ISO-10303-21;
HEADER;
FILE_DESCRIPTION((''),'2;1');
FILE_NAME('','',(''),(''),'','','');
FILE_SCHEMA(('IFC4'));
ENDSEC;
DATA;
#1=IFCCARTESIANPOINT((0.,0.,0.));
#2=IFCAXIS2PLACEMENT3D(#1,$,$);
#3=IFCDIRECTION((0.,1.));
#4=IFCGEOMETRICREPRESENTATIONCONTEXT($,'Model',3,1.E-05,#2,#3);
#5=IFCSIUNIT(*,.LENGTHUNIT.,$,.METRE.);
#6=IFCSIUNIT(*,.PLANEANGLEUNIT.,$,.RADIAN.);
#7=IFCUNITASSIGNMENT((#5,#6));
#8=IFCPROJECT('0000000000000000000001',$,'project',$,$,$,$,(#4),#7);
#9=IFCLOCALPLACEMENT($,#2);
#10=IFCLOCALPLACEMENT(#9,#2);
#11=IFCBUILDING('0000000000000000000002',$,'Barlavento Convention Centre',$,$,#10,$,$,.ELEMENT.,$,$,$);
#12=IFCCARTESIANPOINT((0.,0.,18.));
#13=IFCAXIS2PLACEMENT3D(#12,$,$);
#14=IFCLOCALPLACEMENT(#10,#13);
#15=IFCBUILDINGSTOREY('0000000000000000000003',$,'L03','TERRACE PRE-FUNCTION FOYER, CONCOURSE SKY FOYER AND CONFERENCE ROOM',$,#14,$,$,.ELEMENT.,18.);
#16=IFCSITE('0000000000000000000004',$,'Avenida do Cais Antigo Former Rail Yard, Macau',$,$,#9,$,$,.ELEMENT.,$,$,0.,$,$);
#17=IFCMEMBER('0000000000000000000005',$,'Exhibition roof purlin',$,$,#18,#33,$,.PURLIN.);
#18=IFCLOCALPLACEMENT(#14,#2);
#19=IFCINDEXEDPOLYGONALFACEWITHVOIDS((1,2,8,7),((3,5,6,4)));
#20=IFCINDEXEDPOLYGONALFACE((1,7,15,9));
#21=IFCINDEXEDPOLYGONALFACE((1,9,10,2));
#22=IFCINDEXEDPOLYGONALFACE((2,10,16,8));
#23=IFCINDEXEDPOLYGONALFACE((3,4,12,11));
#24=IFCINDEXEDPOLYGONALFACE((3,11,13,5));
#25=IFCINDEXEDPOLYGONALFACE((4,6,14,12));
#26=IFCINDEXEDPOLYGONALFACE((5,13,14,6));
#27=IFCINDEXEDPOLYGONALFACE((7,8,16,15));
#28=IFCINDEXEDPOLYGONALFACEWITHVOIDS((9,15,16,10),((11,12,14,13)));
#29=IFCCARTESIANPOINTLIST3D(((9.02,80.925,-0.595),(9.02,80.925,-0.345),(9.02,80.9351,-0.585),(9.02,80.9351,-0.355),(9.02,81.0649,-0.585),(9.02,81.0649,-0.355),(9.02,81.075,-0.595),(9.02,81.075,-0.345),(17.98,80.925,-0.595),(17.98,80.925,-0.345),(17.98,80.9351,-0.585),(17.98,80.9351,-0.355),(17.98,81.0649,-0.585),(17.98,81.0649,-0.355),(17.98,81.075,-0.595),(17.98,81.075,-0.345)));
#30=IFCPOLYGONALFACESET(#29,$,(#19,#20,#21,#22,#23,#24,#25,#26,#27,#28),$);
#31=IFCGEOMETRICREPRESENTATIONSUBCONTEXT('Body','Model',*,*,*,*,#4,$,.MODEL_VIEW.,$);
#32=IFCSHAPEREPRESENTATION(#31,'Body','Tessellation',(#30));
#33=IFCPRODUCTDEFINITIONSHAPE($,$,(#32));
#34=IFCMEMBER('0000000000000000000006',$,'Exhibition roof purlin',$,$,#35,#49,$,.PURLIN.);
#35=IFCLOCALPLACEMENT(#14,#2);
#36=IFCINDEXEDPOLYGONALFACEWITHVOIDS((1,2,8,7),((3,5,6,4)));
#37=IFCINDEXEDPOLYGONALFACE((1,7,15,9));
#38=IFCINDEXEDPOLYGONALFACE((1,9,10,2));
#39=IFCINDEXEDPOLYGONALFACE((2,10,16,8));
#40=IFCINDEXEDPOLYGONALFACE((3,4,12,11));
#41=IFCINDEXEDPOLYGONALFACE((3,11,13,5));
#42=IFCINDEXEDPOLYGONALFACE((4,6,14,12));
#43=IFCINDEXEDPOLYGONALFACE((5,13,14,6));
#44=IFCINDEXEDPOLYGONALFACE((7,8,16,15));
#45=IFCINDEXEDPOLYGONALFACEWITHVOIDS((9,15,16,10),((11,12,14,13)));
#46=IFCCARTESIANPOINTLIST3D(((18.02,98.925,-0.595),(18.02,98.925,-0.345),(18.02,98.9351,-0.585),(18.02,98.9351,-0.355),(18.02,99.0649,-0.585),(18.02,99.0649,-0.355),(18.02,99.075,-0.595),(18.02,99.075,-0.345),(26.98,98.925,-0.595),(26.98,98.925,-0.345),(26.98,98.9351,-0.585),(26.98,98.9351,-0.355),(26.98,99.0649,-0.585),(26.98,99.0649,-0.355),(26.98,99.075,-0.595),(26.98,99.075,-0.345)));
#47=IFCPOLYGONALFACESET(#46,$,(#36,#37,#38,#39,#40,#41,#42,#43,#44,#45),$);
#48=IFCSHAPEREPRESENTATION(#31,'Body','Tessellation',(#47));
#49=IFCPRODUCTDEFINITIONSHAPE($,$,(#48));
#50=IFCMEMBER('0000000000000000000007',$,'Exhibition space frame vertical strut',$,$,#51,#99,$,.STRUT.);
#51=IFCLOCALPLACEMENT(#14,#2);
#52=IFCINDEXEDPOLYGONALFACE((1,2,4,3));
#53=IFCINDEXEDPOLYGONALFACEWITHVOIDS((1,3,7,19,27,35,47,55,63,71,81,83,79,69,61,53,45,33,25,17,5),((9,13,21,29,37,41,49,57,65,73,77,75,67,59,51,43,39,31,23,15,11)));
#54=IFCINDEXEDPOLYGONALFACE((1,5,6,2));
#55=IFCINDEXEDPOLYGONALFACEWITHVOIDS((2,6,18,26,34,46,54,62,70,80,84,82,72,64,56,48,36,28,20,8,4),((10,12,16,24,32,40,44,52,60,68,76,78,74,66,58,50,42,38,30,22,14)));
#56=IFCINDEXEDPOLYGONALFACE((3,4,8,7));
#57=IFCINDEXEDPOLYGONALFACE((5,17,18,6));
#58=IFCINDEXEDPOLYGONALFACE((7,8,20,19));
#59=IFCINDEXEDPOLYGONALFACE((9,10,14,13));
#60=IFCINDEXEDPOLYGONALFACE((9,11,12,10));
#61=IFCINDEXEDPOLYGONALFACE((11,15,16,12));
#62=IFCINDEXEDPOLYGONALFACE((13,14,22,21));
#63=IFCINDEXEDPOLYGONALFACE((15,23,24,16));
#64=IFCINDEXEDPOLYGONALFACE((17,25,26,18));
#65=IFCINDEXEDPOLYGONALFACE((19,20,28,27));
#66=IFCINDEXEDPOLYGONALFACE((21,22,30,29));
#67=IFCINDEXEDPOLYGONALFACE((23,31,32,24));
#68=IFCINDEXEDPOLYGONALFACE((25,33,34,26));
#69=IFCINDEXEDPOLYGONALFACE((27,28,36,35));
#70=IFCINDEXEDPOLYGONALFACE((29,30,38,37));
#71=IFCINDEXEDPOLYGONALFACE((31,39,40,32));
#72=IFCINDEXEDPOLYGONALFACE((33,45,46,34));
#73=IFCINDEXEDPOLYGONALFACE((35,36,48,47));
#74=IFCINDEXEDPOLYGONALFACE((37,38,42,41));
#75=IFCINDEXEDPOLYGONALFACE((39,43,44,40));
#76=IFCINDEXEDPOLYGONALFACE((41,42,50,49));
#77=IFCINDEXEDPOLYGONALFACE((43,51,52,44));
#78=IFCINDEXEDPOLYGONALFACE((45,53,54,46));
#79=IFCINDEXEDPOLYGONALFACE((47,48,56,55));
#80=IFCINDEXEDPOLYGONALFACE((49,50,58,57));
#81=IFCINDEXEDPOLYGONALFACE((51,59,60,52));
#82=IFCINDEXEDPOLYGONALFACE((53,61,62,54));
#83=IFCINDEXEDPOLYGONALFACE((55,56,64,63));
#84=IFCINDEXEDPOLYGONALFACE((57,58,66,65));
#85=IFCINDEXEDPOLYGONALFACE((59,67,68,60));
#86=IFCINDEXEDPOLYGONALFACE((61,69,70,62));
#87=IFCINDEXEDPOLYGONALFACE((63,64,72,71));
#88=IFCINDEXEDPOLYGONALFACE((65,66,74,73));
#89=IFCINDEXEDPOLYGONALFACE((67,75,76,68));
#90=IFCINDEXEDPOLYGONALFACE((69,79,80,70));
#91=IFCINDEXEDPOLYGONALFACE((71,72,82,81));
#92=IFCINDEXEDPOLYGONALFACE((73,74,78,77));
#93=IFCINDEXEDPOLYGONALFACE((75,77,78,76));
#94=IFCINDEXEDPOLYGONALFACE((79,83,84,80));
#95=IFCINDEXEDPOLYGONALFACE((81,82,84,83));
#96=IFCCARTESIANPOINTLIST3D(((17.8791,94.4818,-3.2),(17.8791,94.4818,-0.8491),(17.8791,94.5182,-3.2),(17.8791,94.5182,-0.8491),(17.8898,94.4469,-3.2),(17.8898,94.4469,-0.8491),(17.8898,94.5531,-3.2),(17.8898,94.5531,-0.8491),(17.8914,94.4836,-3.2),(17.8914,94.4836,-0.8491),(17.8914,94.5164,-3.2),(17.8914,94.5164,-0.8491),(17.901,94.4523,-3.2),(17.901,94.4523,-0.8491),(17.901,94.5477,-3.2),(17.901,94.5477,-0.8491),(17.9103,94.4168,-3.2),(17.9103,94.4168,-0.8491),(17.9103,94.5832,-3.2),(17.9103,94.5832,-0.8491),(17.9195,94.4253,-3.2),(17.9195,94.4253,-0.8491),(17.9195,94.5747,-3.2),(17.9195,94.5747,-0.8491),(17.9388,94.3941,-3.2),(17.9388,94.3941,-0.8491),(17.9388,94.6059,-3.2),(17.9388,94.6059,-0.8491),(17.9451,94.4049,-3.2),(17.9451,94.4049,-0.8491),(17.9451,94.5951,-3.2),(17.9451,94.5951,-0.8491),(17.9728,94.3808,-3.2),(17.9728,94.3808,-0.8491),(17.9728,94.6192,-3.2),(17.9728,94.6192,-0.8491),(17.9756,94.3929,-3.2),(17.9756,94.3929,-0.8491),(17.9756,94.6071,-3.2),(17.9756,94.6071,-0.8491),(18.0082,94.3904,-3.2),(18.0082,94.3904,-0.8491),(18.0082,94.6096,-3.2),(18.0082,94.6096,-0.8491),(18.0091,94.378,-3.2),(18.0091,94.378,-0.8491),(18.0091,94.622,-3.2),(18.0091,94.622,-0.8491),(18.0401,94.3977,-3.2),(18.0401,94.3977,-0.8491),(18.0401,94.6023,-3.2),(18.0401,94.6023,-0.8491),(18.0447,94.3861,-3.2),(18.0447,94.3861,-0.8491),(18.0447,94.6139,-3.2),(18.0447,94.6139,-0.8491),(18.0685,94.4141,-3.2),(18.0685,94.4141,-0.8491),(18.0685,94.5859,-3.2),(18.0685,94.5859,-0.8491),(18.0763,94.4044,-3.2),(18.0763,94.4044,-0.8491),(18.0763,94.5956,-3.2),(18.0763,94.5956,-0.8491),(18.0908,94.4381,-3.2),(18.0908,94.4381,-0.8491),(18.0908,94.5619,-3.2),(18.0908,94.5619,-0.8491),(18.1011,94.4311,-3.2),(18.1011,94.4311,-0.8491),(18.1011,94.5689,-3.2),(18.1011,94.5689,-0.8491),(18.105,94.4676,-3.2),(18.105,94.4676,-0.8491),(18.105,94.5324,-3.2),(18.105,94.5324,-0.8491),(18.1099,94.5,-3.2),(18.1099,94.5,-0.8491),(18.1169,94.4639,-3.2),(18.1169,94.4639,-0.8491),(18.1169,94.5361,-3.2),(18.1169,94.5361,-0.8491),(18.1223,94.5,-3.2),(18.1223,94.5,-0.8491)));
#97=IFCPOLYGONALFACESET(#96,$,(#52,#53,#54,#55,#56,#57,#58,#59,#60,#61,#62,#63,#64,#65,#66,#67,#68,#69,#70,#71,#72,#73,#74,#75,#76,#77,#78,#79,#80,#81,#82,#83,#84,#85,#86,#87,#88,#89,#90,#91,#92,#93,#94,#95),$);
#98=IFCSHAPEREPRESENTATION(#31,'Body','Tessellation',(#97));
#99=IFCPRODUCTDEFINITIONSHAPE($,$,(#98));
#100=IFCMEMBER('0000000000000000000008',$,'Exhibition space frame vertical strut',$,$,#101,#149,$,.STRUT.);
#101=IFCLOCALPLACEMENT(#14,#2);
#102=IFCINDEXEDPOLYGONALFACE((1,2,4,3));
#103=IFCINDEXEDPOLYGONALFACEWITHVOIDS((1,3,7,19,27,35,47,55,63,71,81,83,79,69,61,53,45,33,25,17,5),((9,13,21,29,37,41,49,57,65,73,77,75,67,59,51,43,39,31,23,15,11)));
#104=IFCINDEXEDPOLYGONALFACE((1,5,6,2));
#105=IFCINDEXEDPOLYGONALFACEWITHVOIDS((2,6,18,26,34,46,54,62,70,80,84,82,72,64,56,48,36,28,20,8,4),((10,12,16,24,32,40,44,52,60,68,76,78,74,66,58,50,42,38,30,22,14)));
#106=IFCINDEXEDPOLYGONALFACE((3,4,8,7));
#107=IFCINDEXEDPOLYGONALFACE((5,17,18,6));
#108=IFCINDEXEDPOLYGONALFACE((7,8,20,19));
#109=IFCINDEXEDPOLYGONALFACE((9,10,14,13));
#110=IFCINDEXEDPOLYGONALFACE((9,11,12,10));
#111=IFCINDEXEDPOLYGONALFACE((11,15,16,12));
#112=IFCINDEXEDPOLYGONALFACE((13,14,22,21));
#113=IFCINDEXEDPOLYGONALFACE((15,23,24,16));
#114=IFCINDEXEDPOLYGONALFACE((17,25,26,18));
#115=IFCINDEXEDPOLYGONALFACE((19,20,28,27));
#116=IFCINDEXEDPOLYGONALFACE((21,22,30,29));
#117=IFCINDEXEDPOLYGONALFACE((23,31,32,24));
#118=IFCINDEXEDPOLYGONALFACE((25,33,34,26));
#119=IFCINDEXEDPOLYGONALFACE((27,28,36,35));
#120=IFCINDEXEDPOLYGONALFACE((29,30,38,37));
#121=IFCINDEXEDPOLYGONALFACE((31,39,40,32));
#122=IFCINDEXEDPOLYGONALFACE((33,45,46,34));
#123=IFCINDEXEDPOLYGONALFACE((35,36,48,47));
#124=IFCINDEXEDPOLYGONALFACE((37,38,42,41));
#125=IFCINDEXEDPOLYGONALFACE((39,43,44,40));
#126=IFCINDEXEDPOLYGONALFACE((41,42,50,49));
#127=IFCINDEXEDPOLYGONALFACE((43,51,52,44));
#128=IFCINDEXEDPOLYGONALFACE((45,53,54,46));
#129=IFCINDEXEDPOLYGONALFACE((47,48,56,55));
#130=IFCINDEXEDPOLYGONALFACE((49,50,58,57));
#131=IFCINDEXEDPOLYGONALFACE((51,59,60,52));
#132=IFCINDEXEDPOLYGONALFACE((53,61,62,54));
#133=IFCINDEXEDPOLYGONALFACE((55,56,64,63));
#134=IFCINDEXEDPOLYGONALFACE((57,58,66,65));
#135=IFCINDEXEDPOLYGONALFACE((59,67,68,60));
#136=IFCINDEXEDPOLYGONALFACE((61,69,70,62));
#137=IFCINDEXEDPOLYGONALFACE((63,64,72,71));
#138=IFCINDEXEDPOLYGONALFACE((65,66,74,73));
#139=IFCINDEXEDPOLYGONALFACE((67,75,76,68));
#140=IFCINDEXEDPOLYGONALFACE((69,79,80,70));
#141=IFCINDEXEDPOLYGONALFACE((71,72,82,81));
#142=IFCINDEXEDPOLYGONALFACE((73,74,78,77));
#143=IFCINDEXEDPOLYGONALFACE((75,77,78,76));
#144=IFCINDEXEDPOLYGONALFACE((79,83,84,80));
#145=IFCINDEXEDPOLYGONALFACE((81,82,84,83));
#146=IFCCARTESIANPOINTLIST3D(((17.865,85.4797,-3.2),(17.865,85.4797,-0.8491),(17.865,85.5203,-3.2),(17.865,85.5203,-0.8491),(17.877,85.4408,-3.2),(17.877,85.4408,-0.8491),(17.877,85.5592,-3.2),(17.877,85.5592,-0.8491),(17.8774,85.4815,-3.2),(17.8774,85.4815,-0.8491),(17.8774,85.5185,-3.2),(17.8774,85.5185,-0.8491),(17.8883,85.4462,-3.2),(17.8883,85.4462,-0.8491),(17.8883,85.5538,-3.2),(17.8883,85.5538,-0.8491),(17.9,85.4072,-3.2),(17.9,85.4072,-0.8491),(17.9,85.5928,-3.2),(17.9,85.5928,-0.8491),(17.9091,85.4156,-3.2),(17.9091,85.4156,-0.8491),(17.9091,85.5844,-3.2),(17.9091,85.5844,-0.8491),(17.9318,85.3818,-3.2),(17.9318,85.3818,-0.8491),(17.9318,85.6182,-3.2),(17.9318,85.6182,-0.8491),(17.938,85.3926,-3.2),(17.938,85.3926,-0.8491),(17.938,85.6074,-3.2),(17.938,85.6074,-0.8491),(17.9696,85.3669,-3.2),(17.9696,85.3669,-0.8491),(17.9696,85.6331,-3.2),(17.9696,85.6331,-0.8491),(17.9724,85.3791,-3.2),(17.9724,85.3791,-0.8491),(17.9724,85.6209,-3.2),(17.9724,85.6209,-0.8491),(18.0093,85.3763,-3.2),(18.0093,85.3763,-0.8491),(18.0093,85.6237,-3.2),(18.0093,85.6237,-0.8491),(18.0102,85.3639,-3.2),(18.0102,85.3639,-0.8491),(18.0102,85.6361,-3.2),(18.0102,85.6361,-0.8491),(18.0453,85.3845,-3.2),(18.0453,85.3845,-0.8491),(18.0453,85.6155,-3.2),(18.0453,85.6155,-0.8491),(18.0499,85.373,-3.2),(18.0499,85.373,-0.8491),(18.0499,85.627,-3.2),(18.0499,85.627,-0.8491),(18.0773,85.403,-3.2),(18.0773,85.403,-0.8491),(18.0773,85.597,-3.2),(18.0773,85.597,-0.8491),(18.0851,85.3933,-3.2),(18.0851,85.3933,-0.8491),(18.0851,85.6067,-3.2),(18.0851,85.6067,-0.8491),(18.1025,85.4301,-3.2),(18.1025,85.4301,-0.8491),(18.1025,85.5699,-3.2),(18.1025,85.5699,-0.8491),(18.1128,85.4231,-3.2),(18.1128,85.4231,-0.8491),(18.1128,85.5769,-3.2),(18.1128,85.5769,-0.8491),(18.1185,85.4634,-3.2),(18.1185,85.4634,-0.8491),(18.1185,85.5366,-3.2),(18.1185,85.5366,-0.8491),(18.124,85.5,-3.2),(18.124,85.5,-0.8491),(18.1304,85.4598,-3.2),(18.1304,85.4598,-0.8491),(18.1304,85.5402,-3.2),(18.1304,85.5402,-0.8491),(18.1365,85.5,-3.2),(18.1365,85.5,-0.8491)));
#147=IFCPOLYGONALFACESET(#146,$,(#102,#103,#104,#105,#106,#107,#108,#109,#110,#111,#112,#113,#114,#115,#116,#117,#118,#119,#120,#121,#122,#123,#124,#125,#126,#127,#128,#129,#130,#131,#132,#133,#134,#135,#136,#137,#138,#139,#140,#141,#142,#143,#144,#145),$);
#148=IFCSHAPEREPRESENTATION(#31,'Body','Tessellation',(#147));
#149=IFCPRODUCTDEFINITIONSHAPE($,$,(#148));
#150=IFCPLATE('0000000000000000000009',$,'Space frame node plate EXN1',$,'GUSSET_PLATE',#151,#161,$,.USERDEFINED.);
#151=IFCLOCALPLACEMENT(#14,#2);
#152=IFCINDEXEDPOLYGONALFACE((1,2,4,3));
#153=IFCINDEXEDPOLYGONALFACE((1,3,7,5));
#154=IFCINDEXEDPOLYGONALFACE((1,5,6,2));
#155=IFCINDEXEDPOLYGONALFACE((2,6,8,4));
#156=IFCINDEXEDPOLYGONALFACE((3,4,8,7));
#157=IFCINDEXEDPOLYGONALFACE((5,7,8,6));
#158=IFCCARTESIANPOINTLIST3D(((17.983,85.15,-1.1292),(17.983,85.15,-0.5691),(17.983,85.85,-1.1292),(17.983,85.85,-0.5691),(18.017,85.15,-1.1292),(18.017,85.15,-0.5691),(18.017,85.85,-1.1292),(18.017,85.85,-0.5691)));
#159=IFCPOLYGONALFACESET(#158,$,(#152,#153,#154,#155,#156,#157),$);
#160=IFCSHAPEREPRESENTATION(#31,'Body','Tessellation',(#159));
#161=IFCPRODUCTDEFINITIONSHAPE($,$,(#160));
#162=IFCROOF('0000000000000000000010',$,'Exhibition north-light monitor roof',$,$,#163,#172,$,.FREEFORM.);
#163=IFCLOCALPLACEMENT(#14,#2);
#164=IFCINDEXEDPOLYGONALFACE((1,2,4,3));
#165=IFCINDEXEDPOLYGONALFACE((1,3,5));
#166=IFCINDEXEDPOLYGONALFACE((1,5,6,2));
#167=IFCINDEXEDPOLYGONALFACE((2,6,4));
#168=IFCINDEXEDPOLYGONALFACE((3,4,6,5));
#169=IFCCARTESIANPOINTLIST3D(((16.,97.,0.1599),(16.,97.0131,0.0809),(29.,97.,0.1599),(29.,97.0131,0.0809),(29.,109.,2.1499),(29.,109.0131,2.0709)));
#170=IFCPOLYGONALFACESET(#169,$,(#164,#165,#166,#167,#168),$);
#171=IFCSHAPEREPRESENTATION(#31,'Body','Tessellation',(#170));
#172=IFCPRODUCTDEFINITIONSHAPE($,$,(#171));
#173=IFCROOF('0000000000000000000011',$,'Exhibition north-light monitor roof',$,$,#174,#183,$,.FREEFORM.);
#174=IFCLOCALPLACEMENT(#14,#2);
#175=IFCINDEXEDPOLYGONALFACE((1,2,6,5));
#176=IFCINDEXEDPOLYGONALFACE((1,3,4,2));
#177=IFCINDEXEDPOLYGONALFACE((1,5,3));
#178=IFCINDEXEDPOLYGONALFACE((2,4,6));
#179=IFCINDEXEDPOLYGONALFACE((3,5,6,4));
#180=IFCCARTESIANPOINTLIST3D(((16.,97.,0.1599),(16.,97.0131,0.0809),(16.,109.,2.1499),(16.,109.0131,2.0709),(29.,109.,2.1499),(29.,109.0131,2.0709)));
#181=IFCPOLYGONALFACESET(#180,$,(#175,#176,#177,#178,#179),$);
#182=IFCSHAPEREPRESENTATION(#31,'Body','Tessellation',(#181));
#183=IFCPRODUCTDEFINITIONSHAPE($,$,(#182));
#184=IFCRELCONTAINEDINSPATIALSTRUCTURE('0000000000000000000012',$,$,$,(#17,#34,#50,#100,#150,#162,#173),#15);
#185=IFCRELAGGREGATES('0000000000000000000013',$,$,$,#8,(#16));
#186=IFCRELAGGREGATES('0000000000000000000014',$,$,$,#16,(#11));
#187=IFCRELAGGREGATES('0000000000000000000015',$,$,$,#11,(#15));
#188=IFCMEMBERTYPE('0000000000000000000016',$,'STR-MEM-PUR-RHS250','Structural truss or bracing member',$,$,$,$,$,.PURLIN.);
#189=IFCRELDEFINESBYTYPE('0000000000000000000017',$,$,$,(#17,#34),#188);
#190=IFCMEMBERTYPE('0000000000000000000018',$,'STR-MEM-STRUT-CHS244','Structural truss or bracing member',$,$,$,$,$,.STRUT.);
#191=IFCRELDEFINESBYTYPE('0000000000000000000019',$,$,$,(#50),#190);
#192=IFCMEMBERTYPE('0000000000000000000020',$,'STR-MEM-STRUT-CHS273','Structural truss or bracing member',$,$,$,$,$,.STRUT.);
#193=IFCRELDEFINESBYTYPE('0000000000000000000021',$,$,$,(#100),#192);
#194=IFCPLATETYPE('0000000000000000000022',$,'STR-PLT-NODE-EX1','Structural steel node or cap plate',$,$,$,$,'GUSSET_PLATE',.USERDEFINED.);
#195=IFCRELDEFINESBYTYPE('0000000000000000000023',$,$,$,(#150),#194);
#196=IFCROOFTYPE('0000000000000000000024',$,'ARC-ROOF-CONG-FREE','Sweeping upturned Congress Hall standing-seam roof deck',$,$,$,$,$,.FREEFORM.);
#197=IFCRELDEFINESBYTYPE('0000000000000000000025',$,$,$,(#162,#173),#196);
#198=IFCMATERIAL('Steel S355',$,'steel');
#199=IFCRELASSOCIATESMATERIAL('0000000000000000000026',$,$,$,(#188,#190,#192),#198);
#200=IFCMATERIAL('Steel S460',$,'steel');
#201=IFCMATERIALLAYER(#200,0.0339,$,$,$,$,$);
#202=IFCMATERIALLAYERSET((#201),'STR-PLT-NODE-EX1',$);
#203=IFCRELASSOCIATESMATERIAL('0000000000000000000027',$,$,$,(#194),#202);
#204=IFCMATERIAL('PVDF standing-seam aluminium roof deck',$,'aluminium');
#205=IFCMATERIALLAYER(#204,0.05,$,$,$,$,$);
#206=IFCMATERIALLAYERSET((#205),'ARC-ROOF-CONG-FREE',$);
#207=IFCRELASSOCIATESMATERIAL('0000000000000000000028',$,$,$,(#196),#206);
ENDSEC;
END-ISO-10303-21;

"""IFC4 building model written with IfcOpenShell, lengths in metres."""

from ifc_helpers import new_model, si_unit, direction, frame, origin, origin_2d, place, context, subcontext, project, spatial, polyline, rectangle, hollow_rectangle, hollow_circle, outline, extrude, material, layer, layer_set, material_profile, profile_set, type_object, element, save


model = new_model("IFC4")

# Units and contexts
model_context = context("Model", 3, precision=1e-05, world=origin(), true_north=direction((0.0, 1.0)))
body_context = subcontext(model_context, "Body", "Model", "MODEL_VIEW")
ifc_project = project(units=[si_unit("LENGTHUNIT", "METRE"), si_unit("PLANEANGLEUNIT", "RADIAN")], contexts=[model_context])

# Site, building, storey
site_placement = place(None, origin())
site = spatial("IfcSite", under=ifc_project, at=site_placement, Name="Avenida do Cais Antigo Former Rail Yard, Macau", CompositionType="ELEMENT", RefElevation=0.0)
building_placement = place(site_placement, origin())
building = spatial("IfcBuilding", under=site, at=building_placement, Name="Barlavento Convention Centre", CompositionType="ELEMENT")
storey_placement = place(building_placement, frame((0.0, 0.0, 18.0)))
storey = spatial("IfcBuildingStorey", under=building, at=storey_placement, Name="L03", Description="TERRACE PRE-FUNCTION FOYER, CONCOURSE SKY FOYER AND CONFERENCE ROOM", CompositionType="ELEMENT", Elevation=18.0)

# Shared definitions
ifc_material_1 = material(Name="Steel S355", Category="steel")

# Members
ifc_material_profile_1 = material_profile(ifc_material_1, hollow_rectangle(XDim=0.1499, YDim=0.25, WallThickness=0.01, at=origin_2d()), Name="RHS 250x150x10.0")
ifc_profile_set_1 = profile_set([ifc_material_profile_1], Name="Steel S355")
member_type_1 = type_object("IfcMemberType", Name="STR-MEM-PUR-RHS250", Description="Structural truss or bracing member", PredefinedType="PURLIN", material=ifc_profile_set_1)
for number, where, z_axis, x_axis, name in (
    (1, (9.02, 81.0, -0.47), (1.0, 0.0, 0.0), (0.0, 1.0, 0.0), "Exhibition roof purlin"),
    (2, (18.02, 99.0, -0.47), (1.0, 0.0, 0.0), (0.0, 1.0, 0.0), "Exhibition roof purlin"),
):
    element("IfcMember", number, at=place(storey_placement, frame(where, z_axis=z_axis, x_axis=x_axis)), inside=storey, type_object=member_type_1, Name=name, PredefinedType="PURLIN", context=body_context, shape_type="SweptSolid", body=[
        extrude(hollow_rectangle(XDim=0.1499, YDim=0.25, WallThickness=0.01, at=origin_2d()), origin(), (0.0, 0.0, 1.0), 8.96),
    ])
ifc_material_profile_2 = material_profile(ifc_material_1, hollow_circle(Radius=0.1223, WallThickness=0.0125, at=origin_2d()), Name="CHS 244.5x12.5")
ifc_profile_set_2 = profile_set([ifc_material_profile_2], Name="Steel S355")
member_type_2 = type_object("IfcMemberType", Name="STR-MEM-STRUT-CHS244", Description="Structural truss or bracing member", PredefinedType="STRUT", material=ifc_profile_set_2)
member_1_placement = place(storey_placement, frame((18.0, 94.5, -3.2), z_axis=(0.0, 0.0, 1.0), x_axis=(1.0, 0.0, 0.0)))
element("IfcMember", 3, at=member_1_placement, inside=storey, type_object=member_type_2, Name="Exhibition space frame vertical strut", PredefinedType="STRUT", context=body_context, shape_type="SweptSolid", body=[
    extrude(hollow_circle(Radius=0.1223, WallThickness=0.0125, at=origin_2d()), origin(), (0.0, 0.0, 1.0), 2.3508),
])
ifc_material_profile_3 = material_profile(ifc_material_1, hollow_circle(Radius=0.1365, WallThickness=0.0125, at=origin_2d()), Name="CHS 273.0x12.5")
ifc_profile_set_3 = profile_set([ifc_material_profile_3], Name="Steel S355")
member_type_3 = type_object("IfcMemberType", Name="STR-MEM-STRUT-CHS273", Description="Structural truss or bracing member", PredefinedType="STRUT", material=ifc_profile_set_3)
member_2_placement = place(storey_placement, frame((18.0, 85.5, -3.2), z_axis=(0.0, 0.0, 1.0), x_axis=(1.0, 0.0, 0.0)))
element("IfcMember", 4, at=member_2_placement, inside=storey, type_object=member_type_3, Name="Exhibition space frame vertical strut", PredefinedType="STRUT", context=body_context, shape_type="SweptSolid", body=[
    extrude(hollow_circle(Radius=0.1365, WallThickness=0.0125, at=origin_2d()), origin(), (0.0, 0.0, 1.0), 2.3508),
])

# Plate
ifc_material_2 = material(Name="Steel S460", Category="steel")
ifc_layer_1 = layer(ifc_material_2, 0.0339)
ifc_layer_set_1 = layer_set([ifc_layer_1], Name="STR-PLT-NODE-EX1")
plate_type = type_object("IfcPlateType", Name="STR-PLT-NODE-EX1", Description="Structural steel node or cap plate", ElementType="GUSSET_PLATE", PredefinedType="USERDEFINED", material=ifc_layer_set_1)
plate_placement = place(storey_placement, frame((18.0, 85.5, -1.1292), z_axis=(0.0, 0.0, 1.0), x_axis=(1.0, 0.0, 0.0)))
element("IfcPlate", 5, at=plate_placement, inside=storey, type_object=plate_type, Name="Space frame node plate EXN1", ObjectType="GUSSET_PLATE", PredefinedType="USERDEFINED", context=body_context, shape_type="SweptSolid", body=[
    extrude(rectangle(XDim=0.0339, YDim=0.7, at=origin_2d()), origin(), (0.0, 0.0, 1.0), 0.5601),
])

# Roofs
ifc_material_3 = material(Name="PVDF standing-seam aluminium roof deck", Category="aluminium")
ifc_layer_2 = layer(ifc_material_3, 0.05)
ifc_layer_set_2 = layer_set([ifc_layer_2], Name="ARC-ROOF-CONG-FREE")
roof_type = type_object("IfcRoofType", Name="ARC-ROOF-CONG-FREE", Description="Sweeping upturned Congress Hall standing-seam roof deck", PredefinedType="FREEFORM", material=ifc_layer_set_2)
roof_1_placement = place(storey_placement, frame((16.0, 97.0, 0.1599), z_axis=(0.0, -0.163598, 0.986527), x_axis=(1.0, 0.0, 0.0)))
element("IfcRoof", 6, at=roof_1_placement, inside=storey, type_object=roof_type, Name="Exhibition north-light monitor roof", PredefinedType="FREEFORM", context=body_context, shape_type="SweptSolid", body=[
    extrude(outline(polyline([(0.0, 0.0), (13.0, 0.0), (13.0, 12.1639), (0.0, 0.0)])), origin(), (0.0, 0.0, -1.0), 0.0801),
])
roof_2_placement = place(storey_placement, frame((16.0, 97.0, 0.1599), z_axis=(0.0, -0.163598, 0.986527), x_axis=(0.730199, 0.67403, 0.111776)))
element("IfcRoof", 7, at=roof_2_placement, inside=storey, type_object=roof_type, Name="Exhibition north-light monitor roof", PredefinedType="FREEFORM", context=body_context, shape_type="SweptSolid", body=[
    extrude(outline(polyline([(0.0, 0.0), (17.8034, 0.0), (8.3108, 8.8821), (0.0, 0.0)])), origin(), (0.0, 0.0, -1.0), 0.0801),
])

save(model, "model.ifc")
